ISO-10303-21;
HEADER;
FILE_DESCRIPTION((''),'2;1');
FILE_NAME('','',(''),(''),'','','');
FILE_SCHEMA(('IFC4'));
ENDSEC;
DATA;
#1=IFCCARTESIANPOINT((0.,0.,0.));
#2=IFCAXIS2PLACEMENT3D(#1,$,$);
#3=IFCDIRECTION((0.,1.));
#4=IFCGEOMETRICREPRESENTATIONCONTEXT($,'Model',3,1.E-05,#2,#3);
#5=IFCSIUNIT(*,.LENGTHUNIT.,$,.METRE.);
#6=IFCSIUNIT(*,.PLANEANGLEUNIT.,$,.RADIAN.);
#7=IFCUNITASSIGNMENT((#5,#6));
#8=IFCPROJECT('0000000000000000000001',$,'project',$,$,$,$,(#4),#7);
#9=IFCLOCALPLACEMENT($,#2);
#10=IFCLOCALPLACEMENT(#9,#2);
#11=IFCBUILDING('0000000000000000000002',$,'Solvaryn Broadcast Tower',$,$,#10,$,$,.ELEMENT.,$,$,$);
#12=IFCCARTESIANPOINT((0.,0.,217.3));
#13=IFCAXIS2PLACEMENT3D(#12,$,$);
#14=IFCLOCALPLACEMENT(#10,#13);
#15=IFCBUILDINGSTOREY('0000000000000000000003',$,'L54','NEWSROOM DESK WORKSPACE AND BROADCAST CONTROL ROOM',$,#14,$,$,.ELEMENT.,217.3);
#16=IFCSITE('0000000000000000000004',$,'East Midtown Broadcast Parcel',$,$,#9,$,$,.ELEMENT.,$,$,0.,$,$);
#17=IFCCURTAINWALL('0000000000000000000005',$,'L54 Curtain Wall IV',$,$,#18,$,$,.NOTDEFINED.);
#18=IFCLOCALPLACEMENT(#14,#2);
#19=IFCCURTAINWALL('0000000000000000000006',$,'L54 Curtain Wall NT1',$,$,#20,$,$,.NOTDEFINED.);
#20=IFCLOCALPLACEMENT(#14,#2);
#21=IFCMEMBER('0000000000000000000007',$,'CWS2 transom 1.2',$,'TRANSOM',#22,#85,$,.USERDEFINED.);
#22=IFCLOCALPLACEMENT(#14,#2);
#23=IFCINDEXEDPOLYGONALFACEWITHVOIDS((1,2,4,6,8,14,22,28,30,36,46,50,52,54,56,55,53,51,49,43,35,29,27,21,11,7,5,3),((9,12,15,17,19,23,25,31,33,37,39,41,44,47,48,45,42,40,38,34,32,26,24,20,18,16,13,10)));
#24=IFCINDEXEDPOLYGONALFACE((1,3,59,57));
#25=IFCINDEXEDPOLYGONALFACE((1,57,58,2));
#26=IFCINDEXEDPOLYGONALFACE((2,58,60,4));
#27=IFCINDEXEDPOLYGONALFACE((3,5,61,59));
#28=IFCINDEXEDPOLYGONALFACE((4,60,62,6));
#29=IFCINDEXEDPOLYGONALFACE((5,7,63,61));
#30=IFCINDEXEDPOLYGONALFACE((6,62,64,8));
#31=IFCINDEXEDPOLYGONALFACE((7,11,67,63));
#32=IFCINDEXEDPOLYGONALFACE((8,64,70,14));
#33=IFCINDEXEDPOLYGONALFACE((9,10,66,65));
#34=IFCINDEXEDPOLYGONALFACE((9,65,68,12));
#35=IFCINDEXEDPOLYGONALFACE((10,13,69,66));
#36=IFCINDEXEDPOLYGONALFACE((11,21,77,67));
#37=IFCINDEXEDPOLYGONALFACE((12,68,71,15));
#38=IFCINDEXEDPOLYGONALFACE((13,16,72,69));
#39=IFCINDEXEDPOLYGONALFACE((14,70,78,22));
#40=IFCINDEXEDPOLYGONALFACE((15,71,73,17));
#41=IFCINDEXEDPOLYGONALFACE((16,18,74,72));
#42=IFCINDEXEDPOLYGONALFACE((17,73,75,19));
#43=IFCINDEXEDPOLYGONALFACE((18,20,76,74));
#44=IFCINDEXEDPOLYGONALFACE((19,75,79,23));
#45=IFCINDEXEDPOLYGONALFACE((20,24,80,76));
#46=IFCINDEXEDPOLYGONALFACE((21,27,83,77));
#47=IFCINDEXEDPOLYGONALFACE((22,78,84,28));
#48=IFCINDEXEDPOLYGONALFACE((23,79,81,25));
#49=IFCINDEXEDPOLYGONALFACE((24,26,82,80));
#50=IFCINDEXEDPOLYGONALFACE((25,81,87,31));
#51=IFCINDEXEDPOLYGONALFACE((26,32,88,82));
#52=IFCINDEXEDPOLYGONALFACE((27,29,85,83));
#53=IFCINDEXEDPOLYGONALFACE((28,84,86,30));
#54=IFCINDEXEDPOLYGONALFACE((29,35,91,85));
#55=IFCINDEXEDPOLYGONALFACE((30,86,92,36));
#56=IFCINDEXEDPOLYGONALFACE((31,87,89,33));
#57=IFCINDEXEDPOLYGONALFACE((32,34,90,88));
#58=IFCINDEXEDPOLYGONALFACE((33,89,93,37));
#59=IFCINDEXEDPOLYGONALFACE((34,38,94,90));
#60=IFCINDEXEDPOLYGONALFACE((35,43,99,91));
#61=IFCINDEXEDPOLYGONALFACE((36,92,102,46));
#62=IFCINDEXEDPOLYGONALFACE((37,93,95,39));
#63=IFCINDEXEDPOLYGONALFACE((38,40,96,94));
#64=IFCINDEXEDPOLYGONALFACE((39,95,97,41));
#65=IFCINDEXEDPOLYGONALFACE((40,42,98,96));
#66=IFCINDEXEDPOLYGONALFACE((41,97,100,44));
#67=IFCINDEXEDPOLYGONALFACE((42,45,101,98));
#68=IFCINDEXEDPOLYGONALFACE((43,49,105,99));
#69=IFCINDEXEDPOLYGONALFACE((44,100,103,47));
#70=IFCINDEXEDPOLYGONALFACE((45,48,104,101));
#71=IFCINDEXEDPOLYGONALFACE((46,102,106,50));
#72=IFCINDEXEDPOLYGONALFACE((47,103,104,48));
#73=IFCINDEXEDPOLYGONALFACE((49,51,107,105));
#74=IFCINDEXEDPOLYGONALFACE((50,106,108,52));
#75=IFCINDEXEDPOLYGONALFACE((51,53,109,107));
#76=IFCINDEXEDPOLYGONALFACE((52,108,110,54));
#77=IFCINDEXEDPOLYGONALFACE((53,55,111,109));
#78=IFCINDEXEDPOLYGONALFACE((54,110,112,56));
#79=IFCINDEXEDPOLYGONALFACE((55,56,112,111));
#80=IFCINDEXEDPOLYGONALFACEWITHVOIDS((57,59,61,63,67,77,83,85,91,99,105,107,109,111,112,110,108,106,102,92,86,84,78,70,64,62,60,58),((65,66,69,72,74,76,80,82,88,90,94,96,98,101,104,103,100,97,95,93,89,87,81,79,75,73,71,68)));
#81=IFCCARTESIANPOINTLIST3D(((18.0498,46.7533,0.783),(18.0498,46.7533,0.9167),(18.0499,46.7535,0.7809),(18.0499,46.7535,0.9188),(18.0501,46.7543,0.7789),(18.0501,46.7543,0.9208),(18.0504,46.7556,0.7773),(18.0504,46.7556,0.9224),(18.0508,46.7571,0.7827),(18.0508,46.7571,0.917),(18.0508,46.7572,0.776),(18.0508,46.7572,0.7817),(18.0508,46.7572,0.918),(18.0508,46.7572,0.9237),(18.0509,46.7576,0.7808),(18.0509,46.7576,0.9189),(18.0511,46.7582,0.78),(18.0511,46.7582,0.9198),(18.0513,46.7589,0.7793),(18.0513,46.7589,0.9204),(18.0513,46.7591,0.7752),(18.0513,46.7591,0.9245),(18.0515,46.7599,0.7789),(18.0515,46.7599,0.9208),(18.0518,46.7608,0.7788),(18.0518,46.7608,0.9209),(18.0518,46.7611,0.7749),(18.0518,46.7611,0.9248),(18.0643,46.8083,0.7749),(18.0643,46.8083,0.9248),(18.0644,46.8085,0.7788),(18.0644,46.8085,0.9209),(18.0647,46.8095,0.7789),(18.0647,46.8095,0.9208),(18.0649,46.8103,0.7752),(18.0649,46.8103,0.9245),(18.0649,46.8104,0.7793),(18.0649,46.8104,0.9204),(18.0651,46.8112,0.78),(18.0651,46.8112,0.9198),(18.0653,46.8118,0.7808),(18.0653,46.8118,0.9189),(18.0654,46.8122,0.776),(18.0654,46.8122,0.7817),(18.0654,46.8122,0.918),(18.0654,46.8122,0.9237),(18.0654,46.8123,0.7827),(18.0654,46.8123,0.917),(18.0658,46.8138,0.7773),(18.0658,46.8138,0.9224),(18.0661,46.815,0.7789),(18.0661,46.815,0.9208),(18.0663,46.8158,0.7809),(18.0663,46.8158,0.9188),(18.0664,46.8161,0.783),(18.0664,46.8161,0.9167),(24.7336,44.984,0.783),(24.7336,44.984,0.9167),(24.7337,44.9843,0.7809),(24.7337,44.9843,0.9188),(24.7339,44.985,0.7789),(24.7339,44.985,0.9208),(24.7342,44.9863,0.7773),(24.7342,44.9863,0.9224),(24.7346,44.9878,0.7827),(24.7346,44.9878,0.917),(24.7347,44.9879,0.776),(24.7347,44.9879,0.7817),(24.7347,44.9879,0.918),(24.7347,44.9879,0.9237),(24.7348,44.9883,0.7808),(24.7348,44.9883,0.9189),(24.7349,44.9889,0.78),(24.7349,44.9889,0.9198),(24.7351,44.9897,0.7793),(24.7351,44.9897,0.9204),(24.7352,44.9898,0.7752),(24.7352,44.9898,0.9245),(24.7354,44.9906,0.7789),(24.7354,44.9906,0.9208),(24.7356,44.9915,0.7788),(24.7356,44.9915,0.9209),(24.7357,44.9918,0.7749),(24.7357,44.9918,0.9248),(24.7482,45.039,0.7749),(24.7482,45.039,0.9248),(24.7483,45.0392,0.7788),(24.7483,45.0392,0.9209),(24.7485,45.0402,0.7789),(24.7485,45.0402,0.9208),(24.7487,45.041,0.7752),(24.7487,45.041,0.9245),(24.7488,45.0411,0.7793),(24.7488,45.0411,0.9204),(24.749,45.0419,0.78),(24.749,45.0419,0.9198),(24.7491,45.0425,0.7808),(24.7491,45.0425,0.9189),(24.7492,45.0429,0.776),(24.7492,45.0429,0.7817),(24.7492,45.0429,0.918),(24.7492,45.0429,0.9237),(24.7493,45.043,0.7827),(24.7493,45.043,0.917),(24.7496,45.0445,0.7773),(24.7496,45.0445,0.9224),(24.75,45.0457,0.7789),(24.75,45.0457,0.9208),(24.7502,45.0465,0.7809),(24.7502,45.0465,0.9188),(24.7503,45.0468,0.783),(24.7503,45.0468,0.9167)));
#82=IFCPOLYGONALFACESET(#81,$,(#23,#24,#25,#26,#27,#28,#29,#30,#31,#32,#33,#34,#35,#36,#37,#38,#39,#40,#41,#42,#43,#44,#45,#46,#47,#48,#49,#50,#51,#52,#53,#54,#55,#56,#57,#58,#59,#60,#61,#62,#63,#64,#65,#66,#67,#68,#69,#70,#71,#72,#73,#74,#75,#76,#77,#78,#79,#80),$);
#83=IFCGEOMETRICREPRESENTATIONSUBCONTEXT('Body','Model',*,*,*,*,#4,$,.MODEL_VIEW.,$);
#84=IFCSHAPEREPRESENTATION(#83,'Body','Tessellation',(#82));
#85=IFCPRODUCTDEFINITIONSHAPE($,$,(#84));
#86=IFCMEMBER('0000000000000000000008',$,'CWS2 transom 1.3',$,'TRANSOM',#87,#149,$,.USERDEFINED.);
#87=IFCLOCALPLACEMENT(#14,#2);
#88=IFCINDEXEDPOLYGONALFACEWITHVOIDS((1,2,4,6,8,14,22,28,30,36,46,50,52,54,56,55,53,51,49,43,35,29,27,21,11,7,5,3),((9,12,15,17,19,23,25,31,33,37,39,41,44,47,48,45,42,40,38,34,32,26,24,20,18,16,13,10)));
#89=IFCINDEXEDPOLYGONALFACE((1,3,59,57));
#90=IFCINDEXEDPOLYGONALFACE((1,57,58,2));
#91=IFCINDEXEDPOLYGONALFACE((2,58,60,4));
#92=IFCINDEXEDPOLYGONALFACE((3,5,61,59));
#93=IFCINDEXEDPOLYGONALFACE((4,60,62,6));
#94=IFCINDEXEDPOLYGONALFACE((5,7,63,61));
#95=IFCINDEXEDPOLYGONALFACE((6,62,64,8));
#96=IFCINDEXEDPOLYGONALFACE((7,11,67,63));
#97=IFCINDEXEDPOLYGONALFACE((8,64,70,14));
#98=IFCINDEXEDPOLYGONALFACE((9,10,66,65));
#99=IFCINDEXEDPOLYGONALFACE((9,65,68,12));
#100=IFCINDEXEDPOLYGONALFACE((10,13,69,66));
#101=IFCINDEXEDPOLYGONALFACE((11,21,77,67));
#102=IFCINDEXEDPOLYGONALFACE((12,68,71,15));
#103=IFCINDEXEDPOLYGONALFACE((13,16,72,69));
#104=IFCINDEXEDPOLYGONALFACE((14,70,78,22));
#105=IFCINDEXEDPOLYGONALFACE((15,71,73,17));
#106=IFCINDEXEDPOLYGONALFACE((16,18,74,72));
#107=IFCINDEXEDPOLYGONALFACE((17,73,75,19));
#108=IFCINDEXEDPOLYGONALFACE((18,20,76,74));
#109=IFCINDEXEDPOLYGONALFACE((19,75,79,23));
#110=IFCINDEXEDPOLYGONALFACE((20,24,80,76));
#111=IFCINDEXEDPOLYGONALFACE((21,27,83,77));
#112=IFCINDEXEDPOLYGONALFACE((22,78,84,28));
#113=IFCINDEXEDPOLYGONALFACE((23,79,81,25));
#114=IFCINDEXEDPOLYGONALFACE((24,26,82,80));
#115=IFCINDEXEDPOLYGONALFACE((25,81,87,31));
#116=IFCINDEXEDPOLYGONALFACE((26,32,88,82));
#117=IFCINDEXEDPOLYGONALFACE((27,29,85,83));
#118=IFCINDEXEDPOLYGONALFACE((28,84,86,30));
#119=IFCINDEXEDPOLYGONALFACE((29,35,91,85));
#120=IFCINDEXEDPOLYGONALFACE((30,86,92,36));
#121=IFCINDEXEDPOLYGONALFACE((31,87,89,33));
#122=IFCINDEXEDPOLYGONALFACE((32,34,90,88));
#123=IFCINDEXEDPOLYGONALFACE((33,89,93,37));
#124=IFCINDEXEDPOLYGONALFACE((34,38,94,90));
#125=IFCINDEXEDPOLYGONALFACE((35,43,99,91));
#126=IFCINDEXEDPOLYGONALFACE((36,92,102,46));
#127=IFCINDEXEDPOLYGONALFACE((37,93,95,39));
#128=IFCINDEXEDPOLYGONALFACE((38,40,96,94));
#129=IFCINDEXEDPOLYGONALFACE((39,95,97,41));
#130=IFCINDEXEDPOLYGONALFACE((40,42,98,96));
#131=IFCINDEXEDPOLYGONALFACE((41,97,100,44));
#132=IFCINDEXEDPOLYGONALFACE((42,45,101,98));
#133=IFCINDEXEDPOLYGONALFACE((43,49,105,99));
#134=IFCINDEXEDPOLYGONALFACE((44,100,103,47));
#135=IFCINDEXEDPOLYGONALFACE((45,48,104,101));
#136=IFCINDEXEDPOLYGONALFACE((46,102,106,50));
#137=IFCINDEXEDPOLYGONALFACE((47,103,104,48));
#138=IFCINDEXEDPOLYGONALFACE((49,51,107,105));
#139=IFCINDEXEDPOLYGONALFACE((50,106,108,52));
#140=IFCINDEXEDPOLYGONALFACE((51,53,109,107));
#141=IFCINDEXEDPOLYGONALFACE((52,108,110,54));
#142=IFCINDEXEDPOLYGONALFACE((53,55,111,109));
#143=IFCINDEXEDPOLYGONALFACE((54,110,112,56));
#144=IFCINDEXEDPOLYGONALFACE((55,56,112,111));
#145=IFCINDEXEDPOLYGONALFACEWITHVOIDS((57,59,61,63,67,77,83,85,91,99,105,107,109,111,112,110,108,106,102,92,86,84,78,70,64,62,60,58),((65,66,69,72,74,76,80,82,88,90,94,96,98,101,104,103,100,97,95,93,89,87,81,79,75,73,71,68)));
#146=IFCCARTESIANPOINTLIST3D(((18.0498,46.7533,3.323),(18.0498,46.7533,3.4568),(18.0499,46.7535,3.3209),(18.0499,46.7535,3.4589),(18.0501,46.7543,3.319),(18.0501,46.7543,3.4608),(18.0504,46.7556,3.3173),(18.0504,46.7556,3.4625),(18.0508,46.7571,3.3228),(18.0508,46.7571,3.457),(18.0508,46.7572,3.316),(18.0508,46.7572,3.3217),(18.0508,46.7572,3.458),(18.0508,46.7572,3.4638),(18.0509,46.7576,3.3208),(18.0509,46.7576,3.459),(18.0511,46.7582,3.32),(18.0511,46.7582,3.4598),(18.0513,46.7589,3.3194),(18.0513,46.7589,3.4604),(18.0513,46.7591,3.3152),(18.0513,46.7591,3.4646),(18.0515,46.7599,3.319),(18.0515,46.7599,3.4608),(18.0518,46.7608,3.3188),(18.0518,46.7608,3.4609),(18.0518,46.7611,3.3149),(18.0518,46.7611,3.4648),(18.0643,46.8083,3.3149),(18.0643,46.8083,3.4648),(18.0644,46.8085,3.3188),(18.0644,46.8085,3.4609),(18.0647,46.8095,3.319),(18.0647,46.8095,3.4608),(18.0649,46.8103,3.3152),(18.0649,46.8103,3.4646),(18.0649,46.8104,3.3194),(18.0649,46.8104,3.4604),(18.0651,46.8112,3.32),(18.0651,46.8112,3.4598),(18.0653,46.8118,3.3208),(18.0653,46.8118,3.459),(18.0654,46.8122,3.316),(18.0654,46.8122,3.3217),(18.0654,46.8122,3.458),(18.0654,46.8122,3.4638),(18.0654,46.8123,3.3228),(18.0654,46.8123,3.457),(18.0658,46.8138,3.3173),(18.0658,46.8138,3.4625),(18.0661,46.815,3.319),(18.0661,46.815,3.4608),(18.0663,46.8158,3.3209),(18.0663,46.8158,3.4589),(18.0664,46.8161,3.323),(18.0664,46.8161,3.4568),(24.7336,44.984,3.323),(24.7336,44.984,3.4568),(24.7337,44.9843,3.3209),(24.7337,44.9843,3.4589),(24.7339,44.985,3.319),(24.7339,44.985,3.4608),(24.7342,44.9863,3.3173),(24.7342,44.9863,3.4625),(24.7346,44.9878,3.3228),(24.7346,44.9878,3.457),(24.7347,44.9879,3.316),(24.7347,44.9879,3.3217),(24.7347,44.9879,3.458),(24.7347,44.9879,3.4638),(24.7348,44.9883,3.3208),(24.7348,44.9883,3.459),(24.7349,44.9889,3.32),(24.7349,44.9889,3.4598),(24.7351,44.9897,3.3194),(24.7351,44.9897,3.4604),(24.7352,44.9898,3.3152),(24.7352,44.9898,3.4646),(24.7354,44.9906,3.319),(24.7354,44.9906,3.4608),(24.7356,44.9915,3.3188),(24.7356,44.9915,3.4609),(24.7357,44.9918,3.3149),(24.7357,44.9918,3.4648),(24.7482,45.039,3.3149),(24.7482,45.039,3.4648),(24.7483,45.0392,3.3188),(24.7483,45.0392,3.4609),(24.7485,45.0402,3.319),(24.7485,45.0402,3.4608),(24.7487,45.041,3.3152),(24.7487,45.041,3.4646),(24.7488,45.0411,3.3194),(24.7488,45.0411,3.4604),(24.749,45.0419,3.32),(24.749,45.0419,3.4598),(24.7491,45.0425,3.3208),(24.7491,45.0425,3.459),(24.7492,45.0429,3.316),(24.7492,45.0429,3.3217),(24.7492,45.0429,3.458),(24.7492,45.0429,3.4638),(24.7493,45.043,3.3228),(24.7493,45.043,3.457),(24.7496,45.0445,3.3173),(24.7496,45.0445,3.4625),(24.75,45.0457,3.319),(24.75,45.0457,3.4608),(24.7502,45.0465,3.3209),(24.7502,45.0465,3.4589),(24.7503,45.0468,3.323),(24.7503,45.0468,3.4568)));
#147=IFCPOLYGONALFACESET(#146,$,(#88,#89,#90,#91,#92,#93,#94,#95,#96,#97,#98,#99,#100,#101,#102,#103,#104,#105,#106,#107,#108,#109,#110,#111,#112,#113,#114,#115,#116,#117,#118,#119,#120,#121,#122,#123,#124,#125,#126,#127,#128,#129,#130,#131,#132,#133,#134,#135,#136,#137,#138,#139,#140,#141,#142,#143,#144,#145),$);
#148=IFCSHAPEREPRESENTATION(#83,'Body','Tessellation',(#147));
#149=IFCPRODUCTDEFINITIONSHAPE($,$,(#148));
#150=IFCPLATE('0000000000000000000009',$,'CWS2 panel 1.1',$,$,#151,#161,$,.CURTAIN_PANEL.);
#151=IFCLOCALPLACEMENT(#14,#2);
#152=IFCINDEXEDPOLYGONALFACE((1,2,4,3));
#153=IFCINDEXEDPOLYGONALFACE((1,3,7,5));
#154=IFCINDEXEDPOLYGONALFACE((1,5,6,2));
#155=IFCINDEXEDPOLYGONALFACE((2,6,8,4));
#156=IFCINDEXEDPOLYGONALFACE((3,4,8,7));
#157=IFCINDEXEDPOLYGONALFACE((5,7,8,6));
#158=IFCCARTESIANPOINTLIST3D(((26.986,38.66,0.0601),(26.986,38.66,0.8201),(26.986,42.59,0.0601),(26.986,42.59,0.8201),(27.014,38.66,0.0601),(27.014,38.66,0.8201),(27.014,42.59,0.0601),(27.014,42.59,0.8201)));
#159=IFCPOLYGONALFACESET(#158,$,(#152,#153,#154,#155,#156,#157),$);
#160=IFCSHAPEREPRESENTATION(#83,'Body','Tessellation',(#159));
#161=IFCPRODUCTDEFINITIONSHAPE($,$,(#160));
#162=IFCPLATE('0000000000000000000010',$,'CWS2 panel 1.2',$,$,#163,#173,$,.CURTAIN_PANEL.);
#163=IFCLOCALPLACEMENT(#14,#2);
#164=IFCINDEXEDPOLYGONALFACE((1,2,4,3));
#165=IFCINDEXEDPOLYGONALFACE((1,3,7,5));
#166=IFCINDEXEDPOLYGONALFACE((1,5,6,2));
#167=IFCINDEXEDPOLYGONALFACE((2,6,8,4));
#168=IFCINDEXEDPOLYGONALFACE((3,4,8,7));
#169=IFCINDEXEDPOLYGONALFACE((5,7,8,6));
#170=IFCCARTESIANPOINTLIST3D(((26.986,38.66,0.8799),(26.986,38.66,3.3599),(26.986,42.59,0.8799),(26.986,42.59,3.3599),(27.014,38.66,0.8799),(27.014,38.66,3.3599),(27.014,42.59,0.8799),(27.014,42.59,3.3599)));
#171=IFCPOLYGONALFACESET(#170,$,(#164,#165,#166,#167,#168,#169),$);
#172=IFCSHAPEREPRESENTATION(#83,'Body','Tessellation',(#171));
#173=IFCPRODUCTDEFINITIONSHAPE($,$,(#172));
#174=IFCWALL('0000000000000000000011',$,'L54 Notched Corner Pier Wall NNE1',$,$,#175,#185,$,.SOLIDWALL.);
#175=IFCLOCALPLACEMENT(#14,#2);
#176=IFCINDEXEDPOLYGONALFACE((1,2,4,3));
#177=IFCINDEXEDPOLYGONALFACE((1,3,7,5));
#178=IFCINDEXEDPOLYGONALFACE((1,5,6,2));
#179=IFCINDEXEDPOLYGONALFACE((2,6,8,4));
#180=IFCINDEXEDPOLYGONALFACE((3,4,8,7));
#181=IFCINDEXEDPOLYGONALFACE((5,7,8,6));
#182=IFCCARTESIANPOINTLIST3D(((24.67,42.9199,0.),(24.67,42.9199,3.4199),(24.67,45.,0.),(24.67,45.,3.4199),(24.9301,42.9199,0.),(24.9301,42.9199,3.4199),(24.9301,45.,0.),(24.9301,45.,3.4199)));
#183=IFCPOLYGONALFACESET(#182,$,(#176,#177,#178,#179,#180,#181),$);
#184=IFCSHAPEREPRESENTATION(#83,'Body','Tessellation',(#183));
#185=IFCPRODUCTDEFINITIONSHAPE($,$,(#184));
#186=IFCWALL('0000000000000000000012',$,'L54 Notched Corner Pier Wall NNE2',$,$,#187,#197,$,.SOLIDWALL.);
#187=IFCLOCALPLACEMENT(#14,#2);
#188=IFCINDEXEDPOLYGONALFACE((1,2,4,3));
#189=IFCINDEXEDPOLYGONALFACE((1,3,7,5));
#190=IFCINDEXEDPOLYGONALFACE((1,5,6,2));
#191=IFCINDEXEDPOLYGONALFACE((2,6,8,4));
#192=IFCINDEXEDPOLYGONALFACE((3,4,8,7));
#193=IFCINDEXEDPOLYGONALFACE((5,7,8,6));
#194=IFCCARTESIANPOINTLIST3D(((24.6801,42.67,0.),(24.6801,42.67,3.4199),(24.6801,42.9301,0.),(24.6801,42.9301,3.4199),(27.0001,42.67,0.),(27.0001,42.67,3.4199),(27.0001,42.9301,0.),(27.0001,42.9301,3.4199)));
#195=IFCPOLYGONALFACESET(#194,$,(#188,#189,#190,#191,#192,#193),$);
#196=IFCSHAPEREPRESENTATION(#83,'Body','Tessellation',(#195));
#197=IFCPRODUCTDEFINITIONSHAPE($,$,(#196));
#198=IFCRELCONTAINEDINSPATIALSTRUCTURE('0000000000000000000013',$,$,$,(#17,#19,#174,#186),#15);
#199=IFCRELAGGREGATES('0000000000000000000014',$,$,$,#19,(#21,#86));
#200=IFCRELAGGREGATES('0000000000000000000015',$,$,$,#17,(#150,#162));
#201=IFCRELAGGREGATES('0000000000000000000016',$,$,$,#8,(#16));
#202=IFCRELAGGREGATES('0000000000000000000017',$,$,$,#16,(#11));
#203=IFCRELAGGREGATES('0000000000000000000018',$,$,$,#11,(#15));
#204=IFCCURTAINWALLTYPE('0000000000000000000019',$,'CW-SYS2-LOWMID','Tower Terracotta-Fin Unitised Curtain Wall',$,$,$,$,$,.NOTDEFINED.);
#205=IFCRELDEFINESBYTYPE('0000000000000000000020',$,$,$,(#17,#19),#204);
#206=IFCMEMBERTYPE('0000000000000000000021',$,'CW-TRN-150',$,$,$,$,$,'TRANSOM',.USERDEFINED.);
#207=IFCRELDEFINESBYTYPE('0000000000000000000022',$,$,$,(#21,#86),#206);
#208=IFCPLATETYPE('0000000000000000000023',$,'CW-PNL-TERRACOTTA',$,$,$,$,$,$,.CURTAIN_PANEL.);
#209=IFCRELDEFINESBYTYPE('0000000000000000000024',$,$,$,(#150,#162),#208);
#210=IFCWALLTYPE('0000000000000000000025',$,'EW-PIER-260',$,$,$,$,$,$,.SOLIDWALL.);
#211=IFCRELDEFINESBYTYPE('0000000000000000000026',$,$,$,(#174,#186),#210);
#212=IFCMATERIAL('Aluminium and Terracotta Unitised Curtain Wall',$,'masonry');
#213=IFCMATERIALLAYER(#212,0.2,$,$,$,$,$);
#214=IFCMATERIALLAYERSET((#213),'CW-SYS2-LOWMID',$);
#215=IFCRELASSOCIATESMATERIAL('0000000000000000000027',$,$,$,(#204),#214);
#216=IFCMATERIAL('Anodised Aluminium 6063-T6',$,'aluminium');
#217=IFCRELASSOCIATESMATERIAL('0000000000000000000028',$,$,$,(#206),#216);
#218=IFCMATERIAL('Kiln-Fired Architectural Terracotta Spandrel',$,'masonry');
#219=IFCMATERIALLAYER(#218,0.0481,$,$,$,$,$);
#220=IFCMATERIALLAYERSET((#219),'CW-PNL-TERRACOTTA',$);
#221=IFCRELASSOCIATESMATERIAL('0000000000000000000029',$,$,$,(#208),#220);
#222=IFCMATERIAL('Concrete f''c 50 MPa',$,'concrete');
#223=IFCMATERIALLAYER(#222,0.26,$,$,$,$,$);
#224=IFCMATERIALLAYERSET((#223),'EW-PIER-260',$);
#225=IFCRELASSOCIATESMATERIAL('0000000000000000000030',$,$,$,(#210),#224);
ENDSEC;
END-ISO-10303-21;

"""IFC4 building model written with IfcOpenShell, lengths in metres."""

from ifc_helpers import new_model, si_unit, direction, frame, frame_2d, origin, origin_2d, place, context, subcontext, project, spatial, rectangle, hollow_rectangle, extrude, material, layer, layer_set, material_profile, profile_set, type_object, element, aggregate, save


model = new_model("IFC4")

# Units and contexts
model_context = context("Model", 3, precision=1e-05, world=origin(), true_north=direction((0.0, 1.0)))
body_context = subcontext(model_context, "Body", "Model", "MODEL_VIEW")
ifc_project = project(units=[si_unit("LENGTHUNIT", "METRE"), si_unit("PLANEANGLEUNIT", "RADIAN")], contexts=[model_context])

# Site, building, storey
site_placement = place(None, origin())
site = spatial("IfcSite", under=ifc_project, at=site_placement, Name="East Midtown Broadcast Parcel", CompositionType="ELEMENT", RefElevation=0.0)
building_placement = place(site_placement, origin())
building = spatial("IfcBuilding", under=site, at=building_placement, Name="Solvaryn Broadcast Tower", CompositionType="ELEMENT")
storey_placement = place(building_placement, frame((0.0, 0.0, 217.3)))
storey = spatial("IfcBuildingStorey", under=building, at=storey_placement, Name="L54", Description="NEWSROOM DESK WORKSPACE AND BROADCAST CONTROL ROOM", CompositionType="ELEMENT", Elevation=217.3)

# Curtain wall
ifc_material_1 = material(Name="Aluminium and Terracotta Unitised Curtain Wall", Category="masonry")
ifc_layer_1 = layer(ifc_material_1, 0.2)
ifc_layer_set_1 = layer_set([ifc_layer_1], Name="CW-SYS2-LOWMID")
curtain_wall_type = type_object("IfcCurtainWallType", Name="CW-SYS2-LOWMID", Description="Tower Terracotta-Fin Unitised Curtain Wall", PredefinedType="NOTDEFINED", material=ifc_layer_set_1)
curtain_wall_1_placement = place(storey_placement, origin())
curtain_wall_1 = element("IfcCurtainWall", 1, at=curtain_wall_1_placement, inside=storey, type_object=curtain_wall_type, Name="L54 Curtain Wall IV", PredefinedType="NOTDEFINED")

# Curtain wall
curtain_wall_2_placement = place(storey_placement, origin())
curtain_wall_2 = element("IfcCurtainWall", 2, at=curtain_wall_2_placement, inside=storey, type_object=curtain_wall_type, Name="L54 Curtain Wall NT1", PredefinedType="NOTDEFINED")

# Members
ifc_material_2 = material(Name="Anodised Aluminium 6063-T6", Category="aluminium")
ifc_material_profile_1 = material_profile(ifc_material_2, hollow_rectangle(XDim=0.0649, YDim=0.1499, WallThickness=0.0039, InnerFilletRadius=0.0039, OuterFilletRadius=0.0081, at=origin_2d()))
ifc_profile_set_1 = profile_set([ifc_material_profile_1], Name="Anodised Aluminium 6063-T6")
member_type_1 = type_object("IfcMemberType", Name="CW-TRN-150", ElementType="TRANSOM", PredefinedType="USERDEFINED", material=ifc_profile_set_1)
member_1_placement = place(storey_placement, frame((24.7419, 45.0154, 0.8499), z_axis=(-0.966704, 0.255897, 0.0), x_axis=(-0.255897, -0.966704, 0.0)))
member_1 = element("IfcMember", 3, at=member_1_placement, type_object=member_type_1, Name="CWS2 transom 1.2", ObjectType="TRANSOM", PredefinedType="USERDEFINED", context=body_context, shape_type="SweptSolid", body=[
    extrude(hollow_rectangle(XDim=0.0649, YDim=0.1499, WallThickness=0.0039, InnerFilletRadius=0.0039, OuterFilletRadius=0.0081, at=origin_2d()), origin(), (0.0, 0.0, 1.0), 6.9141),
])
member_2_placement = place(storey_placement, frame((24.7419, 45.0154, 3.3899), z_axis=(-0.966704, 0.255897, 0.0), x_axis=(-0.255897, -0.966704, 0.0)))
member_2 = element("IfcMember", 4, at=member_2_placement, type_object=member_type_1, Name="CWS2 transom 1.3", ObjectType="TRANSOM", PredefinedType="USERDEFINED", context=body_context, shape_type="SweptSolid", body=[
    extrude(hollow_rectangle(XDim=0.0649, YDim=0.1499, WallThickness=0.0039, InnerFilletRadius=0.0039, OuterFilletRadius=0.0081, at=origin_2d()), origin(), (0.0, 0.0, 1.0), 6.9141),
])
aggregate(curtain_wall_2, [member_1, member_2])

# Plates
ifc_material_3 = material(Name="Kiln-Fired Architectural Terracotta Spandrel", Category="masonry")
ifc_layer_2 = layer(ifc_material_3, 0.0481)
ifc_layer_set_2 = layer_set([ifc_layer_2], Name="CW-PNL-TERRACOTTA")
plate_type = type_object("IfcPlateType", Name="CW-PNL-TERRACOTTA", PredefinedType="CURTAIN_PANEL", material=ifc_layer_set_2)
plate_1_placement = place(storey_placement, frame((27.0, 40.625, 0.0601), z_axis=(0.0, 0.0, 1.0), x_axis=(0.0, -1.0, 0.0)))
plate_1 = element("IfcPlate", 5, at=plate_1_placement, type_object=plate_type, Name="CWS2 panel 1.1", PredefinedType="CURTAIN_PANEL", context=body_context, shape_type="SweptSolid", body=[
    extrude(rectangle(XDim=3.9299, YDim=0.0281, at=origin_2d()), origin(), (0.0, 0.0, 1.0), 0.76),
])
plate_2_placement = place(storey_placement, frame((27.0, 40.625, 0.8799), z_axis=(0.0, 0.0, 1.0), x_axis=(0.0, -1.0, 0.0)))
plate_2 = element("IfcPlate", 6, at=plate_2_placement, type_object=plate_type, Name="CWS2 panel 1.2", PredefinedType="CURTAIN_PANEL", context=body_context, shape_type="SweptSolid", body=[
    extrude(rectangle(XDim=3.9299, YDim=0.0281, at=origin_2d()), origin(), (0.0, 0.0, 1.0), 2.48),
])
aggregate(curtain_wall_1, [plate_1, plate_2])

# Walls
ifc_material_4 = material(Name="Concrete f'c 50 MPa", Category="concrete")
ifc_layer_3 = layer(ifc_material_4, 0.26)
ifc_layer_set_3 = layer_set([ifc_layer_3], Name="EW-PIER-260")
wall_type_1 = type_object("IfcWallType", Name="EW-PIER-260", PredefinedType="SOLIDWALL", material=ifc_layer_set_3)
wall_1_placement = place(storey_placement, frame((24.8, 45.0, 0.0), z_axis=(0.0, 0.0, 1.0), x_axis=(0.0, -1.0, 0.0)))
element("IfcWall", 7, at=wall_1_placement, inside=storey, type_object=wall_type_1, Name="L54 Notched Corner Pier Wall NNE1", PredefinedType="SOLIDWALL", context=body_context, shape_type="SweptSolid", body=[
    extrude(rectangle(XDim=2.0801, YDim=0.26, at=frame_2d((1.04, 0.0))), origin(), (0.0, 0.0, 1.0), 3.4199),
])
wall_2_placement = place(storey_placement, frame((24.6799, 42.8, 0.0), z_axis=(0.0, 0.0, 1.0), x_axis=(1.0, 0.0, 0.0)))
element("IfcWall", 8, at=wall_2_placement, inside=storey, type_object=wall_type_1, Name="L54 Notched Corner Pier Wall NNE2", PredefinedType="SOLIDWALL", context=body_context, shape_type="SweptSolid", body=[
    extrude(rectangle(XDim=2.3201, YDim=0.26, at=frame_2d((1.1602, 0.0))), origin(), (0.0, 0.0, 1.0), 3.4199),
])

save(model, "model.ifc")
